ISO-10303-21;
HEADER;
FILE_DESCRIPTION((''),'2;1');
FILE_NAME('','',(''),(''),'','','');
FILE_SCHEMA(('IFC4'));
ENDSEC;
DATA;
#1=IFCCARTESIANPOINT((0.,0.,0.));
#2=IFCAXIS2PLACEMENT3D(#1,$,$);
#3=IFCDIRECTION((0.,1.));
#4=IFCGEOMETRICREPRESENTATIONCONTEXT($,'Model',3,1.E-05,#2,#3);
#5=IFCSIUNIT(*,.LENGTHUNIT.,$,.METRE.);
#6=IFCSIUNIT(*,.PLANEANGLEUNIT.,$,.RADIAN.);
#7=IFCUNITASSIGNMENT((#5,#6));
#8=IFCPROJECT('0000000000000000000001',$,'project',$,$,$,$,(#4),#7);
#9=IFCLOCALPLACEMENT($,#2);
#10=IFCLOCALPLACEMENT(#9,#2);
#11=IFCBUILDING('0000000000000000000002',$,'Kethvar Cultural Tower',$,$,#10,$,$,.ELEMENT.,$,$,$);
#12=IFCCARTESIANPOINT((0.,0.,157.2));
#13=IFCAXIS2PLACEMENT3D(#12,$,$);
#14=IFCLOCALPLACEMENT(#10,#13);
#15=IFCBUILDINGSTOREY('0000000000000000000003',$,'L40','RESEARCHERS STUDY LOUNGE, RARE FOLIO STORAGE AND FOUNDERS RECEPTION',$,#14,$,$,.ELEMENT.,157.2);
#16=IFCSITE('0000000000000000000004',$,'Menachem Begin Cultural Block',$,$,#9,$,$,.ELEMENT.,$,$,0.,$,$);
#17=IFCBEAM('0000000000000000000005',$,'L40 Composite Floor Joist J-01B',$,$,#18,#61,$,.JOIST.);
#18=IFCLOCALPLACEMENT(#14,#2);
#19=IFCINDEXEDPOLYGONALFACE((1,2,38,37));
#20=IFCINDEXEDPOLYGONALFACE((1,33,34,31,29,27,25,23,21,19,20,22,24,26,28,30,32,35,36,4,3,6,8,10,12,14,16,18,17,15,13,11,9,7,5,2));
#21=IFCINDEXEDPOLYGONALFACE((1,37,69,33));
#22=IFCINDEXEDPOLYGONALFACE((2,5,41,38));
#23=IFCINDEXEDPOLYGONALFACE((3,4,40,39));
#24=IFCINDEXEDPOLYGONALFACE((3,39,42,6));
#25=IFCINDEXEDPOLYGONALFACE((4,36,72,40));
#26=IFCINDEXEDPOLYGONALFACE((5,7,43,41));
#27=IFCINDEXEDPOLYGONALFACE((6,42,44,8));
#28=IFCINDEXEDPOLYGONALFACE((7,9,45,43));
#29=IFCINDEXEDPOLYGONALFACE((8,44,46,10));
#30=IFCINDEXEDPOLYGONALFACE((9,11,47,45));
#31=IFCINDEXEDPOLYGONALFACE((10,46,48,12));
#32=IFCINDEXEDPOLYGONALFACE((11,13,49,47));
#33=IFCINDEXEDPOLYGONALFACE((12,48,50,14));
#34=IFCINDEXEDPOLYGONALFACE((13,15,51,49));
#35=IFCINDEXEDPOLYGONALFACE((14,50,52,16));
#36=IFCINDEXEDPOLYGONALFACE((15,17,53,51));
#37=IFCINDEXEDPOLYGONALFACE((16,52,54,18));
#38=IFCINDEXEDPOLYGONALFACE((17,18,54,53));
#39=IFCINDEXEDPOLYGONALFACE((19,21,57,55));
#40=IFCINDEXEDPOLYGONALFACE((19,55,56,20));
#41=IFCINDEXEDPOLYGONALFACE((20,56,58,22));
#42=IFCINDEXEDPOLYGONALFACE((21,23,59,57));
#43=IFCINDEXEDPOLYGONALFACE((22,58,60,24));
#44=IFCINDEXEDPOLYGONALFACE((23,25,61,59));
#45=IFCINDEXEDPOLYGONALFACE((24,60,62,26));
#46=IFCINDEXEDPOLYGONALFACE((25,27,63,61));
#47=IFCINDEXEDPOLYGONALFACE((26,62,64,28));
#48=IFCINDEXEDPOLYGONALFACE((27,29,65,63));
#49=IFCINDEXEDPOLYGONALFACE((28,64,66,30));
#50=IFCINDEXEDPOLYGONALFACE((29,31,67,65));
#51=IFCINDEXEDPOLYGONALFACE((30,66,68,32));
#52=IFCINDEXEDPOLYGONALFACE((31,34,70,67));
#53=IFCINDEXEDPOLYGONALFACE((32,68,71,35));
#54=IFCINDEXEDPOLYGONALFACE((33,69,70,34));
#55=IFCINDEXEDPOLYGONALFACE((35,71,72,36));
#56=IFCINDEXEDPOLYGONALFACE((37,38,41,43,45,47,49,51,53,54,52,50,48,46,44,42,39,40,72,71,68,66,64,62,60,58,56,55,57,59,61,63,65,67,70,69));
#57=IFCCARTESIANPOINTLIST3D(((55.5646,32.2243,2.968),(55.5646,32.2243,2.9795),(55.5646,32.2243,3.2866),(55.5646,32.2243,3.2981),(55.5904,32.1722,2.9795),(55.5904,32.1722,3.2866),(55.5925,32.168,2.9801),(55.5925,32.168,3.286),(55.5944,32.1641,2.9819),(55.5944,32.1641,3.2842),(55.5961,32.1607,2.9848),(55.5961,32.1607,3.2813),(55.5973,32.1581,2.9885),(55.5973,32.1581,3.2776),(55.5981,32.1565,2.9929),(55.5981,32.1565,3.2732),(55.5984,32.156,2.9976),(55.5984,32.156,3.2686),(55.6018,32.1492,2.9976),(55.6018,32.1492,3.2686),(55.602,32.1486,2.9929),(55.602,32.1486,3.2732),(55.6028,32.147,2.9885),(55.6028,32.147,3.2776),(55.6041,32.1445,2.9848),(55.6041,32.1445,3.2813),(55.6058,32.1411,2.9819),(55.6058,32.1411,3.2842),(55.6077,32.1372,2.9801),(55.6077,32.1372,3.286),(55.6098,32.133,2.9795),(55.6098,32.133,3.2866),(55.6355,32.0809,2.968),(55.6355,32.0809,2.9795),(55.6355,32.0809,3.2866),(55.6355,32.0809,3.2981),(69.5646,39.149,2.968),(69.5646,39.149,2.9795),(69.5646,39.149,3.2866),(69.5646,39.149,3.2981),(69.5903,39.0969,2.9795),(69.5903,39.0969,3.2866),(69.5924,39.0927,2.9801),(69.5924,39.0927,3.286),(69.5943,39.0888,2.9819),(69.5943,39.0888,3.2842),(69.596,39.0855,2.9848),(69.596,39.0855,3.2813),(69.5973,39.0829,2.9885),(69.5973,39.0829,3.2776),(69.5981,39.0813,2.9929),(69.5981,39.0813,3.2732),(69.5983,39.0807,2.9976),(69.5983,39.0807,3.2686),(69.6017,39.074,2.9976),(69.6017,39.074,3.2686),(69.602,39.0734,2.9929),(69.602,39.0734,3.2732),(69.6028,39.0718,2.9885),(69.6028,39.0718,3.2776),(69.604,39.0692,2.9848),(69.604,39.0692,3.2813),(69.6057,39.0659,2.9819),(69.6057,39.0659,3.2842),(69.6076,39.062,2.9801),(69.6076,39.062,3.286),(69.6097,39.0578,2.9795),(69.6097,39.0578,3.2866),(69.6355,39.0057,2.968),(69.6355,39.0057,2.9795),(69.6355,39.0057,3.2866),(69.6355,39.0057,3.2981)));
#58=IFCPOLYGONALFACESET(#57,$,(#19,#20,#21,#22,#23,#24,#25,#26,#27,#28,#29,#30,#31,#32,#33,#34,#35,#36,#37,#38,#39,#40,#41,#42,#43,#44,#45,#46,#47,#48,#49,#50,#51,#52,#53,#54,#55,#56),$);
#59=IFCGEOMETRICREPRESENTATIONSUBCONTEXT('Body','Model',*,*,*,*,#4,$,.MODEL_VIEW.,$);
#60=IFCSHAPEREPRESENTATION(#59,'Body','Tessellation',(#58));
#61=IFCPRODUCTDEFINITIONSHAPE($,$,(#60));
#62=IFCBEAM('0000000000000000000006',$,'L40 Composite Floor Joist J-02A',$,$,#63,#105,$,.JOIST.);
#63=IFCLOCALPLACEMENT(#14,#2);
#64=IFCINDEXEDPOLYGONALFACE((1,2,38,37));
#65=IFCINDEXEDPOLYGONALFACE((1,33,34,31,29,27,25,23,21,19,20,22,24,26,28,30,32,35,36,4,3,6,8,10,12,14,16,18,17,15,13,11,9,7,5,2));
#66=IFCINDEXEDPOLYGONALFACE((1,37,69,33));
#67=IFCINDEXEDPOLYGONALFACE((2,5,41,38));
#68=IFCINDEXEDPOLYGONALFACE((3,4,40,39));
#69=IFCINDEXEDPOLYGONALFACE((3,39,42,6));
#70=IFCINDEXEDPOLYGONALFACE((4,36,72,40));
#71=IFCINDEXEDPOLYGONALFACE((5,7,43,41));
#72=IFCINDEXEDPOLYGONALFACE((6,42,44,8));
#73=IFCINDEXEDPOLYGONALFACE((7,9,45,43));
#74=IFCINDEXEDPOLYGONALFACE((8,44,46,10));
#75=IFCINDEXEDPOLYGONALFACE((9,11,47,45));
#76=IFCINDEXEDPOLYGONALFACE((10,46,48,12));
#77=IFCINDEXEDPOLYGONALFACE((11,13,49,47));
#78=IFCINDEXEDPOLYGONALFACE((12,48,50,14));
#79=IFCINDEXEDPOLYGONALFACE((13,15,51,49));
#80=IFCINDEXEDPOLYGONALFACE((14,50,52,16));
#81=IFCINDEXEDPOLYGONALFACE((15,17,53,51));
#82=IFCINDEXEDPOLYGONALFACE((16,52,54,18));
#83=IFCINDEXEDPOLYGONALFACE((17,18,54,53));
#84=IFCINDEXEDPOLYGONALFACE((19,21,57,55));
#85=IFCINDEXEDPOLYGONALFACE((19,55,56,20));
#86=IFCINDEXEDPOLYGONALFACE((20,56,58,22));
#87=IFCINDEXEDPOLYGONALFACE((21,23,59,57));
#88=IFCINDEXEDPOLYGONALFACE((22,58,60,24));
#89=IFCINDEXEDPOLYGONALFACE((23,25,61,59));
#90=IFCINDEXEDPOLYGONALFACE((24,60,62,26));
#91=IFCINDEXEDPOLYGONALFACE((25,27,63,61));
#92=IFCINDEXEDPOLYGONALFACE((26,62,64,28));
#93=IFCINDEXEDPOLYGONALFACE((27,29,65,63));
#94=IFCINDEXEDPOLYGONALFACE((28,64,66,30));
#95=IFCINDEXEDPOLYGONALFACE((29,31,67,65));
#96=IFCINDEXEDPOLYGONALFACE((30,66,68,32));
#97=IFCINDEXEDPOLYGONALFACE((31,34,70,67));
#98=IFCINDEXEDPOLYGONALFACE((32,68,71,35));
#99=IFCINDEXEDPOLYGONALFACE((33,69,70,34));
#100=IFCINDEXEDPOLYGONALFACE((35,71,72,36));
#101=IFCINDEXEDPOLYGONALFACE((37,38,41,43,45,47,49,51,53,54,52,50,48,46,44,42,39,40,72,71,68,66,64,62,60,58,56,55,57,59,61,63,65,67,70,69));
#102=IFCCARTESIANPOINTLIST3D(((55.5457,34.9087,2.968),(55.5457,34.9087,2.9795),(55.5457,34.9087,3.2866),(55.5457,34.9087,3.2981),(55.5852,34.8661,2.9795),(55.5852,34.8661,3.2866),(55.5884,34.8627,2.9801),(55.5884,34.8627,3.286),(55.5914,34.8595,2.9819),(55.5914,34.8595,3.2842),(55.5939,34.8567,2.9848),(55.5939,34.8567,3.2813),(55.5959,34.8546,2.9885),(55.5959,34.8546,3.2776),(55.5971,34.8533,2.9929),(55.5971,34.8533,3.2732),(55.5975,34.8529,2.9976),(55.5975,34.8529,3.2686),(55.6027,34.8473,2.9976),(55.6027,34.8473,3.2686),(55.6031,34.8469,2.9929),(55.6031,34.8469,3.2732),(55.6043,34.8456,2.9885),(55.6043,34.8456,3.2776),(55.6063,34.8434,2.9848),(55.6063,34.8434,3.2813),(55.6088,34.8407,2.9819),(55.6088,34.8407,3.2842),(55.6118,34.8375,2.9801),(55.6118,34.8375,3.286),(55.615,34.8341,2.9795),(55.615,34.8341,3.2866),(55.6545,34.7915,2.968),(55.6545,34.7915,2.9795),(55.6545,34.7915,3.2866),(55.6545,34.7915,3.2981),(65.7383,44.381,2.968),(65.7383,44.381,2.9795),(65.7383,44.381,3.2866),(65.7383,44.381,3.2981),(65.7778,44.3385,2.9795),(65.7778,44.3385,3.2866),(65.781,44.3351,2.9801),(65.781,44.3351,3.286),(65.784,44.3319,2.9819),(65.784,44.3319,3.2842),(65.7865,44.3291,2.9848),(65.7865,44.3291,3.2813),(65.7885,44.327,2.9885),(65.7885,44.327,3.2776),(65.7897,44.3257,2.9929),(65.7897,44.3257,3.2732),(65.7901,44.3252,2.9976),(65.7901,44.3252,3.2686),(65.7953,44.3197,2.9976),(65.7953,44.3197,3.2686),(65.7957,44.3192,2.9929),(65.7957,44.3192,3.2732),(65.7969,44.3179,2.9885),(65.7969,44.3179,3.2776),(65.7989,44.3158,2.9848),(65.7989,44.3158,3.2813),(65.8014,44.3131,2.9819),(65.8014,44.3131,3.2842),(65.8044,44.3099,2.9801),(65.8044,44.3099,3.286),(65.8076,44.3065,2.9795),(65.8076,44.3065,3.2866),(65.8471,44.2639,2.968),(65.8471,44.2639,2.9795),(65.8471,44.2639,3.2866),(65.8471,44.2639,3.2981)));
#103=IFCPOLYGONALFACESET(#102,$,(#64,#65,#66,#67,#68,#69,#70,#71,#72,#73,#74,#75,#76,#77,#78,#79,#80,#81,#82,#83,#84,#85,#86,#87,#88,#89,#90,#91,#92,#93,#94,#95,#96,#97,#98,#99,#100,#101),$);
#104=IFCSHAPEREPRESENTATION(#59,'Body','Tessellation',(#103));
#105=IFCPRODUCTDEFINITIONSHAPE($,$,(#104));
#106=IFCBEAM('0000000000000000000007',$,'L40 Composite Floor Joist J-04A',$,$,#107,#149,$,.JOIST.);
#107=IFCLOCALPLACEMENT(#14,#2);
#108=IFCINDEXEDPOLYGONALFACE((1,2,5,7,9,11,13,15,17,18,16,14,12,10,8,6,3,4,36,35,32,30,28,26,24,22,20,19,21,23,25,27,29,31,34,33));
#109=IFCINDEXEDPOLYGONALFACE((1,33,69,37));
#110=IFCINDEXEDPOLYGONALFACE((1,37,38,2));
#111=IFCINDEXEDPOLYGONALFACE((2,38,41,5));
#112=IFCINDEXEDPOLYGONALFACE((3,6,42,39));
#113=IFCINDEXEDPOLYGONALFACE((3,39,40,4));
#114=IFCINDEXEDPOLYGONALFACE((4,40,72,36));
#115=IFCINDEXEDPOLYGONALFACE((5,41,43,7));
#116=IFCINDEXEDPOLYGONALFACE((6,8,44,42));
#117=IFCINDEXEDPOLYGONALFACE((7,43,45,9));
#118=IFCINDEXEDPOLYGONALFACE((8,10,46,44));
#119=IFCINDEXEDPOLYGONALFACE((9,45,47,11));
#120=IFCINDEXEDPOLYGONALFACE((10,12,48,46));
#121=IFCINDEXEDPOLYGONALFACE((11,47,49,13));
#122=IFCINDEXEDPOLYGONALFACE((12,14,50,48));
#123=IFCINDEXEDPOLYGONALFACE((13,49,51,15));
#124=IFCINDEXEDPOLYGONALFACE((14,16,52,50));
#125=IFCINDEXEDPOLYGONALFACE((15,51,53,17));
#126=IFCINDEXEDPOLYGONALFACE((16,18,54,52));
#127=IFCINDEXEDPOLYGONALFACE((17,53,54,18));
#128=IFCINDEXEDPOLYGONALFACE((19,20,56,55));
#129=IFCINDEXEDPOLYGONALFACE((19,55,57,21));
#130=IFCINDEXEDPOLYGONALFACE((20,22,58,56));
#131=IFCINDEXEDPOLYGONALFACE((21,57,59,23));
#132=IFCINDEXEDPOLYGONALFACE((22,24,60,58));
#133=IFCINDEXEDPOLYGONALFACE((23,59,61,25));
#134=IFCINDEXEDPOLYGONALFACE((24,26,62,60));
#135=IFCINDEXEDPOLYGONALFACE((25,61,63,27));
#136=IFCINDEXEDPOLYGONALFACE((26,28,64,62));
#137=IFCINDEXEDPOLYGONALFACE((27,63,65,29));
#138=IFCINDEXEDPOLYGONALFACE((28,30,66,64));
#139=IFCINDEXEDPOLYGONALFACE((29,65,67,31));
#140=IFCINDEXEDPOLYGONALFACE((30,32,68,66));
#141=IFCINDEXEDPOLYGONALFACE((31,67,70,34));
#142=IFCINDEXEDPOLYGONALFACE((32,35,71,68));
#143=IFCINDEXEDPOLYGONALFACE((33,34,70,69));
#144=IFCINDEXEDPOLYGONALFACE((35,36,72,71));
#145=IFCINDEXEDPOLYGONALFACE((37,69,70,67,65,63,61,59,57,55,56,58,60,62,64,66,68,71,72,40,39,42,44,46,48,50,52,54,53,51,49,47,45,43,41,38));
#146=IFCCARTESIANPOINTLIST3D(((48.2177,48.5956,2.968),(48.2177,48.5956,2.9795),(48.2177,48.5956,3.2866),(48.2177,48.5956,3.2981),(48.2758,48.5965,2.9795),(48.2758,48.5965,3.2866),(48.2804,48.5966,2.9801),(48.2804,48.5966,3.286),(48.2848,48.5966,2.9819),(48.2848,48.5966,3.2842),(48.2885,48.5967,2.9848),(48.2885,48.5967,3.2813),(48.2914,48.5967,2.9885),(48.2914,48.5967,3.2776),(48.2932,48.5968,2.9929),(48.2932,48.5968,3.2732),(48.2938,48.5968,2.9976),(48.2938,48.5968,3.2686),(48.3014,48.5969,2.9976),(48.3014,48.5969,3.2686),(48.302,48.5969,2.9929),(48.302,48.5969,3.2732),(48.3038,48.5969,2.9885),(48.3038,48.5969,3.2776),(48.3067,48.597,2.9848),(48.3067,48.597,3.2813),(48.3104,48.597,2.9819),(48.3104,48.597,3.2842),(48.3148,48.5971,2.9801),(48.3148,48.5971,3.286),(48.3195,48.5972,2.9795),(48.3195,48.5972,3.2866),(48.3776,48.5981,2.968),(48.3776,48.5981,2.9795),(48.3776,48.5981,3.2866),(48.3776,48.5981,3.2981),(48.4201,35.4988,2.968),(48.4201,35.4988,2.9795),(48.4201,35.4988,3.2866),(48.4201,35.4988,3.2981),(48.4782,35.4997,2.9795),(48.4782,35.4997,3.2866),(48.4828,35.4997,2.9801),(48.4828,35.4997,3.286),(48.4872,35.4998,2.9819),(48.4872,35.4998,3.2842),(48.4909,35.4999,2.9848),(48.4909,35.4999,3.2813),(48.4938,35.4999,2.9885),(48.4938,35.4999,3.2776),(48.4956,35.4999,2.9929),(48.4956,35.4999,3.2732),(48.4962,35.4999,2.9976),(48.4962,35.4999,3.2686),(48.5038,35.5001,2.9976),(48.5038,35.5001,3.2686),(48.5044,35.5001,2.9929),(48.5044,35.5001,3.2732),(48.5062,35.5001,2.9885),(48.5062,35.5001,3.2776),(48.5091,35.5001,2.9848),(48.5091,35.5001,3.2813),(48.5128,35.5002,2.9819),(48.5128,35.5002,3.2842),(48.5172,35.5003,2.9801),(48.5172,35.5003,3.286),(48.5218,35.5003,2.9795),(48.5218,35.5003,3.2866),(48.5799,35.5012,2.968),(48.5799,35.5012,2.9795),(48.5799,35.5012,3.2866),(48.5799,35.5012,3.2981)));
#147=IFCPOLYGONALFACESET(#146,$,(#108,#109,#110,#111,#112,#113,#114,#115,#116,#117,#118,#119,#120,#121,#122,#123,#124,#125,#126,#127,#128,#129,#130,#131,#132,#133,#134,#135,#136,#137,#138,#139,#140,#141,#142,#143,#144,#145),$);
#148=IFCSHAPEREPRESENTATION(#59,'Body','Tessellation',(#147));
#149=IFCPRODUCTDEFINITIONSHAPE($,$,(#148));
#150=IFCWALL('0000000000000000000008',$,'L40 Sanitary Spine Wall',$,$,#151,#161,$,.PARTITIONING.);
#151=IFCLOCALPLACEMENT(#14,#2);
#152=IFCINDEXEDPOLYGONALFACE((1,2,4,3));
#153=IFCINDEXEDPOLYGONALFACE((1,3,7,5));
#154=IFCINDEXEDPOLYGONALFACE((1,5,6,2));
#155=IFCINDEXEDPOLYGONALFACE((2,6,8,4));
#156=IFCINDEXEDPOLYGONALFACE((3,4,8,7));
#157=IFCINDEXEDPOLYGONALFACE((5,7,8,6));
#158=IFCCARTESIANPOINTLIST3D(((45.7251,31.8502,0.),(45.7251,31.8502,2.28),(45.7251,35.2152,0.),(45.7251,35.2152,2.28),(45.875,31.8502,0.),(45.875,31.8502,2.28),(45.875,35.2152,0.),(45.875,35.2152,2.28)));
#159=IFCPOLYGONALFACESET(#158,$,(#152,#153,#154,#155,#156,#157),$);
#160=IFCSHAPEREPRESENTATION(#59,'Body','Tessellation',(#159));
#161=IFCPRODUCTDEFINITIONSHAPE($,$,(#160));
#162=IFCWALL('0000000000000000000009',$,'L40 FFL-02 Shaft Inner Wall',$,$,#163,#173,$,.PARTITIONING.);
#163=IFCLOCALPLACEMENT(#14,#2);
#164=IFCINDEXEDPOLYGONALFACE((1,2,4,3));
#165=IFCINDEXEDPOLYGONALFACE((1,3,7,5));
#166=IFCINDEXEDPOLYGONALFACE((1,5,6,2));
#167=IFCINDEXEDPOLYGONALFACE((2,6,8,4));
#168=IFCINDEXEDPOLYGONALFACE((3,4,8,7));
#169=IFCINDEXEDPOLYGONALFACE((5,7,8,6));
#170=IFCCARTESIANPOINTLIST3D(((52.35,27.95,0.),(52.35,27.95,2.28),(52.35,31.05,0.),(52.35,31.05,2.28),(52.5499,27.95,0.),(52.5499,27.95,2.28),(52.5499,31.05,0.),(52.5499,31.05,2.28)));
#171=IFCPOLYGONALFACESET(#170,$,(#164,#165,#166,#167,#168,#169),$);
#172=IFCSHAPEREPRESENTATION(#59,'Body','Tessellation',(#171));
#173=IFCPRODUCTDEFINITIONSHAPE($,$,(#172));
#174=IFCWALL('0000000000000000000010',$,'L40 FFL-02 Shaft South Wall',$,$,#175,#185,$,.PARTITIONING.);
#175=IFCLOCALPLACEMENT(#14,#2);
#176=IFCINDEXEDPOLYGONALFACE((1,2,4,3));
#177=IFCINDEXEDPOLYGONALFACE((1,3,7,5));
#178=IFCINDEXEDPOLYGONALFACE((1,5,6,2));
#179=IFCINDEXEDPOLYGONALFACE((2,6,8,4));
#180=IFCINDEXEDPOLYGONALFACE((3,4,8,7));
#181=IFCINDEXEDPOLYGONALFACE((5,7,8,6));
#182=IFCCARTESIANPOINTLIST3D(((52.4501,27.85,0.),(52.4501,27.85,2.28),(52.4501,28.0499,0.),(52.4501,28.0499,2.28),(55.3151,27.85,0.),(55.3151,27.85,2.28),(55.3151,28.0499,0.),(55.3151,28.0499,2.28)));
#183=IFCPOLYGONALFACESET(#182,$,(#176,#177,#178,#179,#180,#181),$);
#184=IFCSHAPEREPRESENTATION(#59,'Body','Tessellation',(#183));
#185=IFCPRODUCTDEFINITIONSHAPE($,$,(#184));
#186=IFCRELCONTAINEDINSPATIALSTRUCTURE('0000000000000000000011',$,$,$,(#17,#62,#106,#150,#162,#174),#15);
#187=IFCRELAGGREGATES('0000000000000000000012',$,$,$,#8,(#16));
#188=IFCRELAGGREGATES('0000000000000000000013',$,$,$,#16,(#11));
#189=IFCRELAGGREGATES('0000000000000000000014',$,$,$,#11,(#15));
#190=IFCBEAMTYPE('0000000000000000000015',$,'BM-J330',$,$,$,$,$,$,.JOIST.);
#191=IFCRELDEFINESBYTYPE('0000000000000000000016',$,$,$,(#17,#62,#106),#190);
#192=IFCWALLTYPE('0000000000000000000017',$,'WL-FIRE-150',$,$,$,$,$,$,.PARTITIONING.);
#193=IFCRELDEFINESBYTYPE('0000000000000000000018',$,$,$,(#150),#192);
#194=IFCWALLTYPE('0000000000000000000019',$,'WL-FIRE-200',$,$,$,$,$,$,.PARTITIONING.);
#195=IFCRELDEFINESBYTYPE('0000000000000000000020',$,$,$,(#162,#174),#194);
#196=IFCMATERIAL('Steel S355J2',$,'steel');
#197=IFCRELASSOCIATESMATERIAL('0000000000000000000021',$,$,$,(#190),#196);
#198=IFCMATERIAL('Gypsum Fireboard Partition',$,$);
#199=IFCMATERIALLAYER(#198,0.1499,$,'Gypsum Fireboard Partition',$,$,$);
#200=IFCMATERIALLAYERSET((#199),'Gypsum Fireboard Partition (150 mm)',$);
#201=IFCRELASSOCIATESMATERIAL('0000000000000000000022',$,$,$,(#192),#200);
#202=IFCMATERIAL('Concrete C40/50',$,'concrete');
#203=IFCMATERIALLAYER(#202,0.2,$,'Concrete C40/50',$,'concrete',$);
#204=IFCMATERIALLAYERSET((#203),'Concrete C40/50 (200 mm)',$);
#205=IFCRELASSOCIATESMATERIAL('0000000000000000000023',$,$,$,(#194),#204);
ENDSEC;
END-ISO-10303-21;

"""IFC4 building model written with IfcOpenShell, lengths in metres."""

from ifc_helpers import new_model, si_unit, direction, frame, frame_2d, origin, origin_2d, place, context, subcontext, project, spatial, rectangle, i_section, extrude, source, transform, mapped, material, layer, layer_set, material_profile, profile_set, type_object, element, save


model = new_model("IFC4")

# Units and contexts
model_context = context("Model", 3, precision=1e-05, world=origin(), true_north=direction((0.0, 1.0)))
body_context = subcontext(model_context, "Body", "Model", "MODEL_VIEW")
ifc_project = project(units=[si_unit("LENGTHUNIT", "METRE"), si_unit("PLANEANGLEUNIT", "RADIAN")], contexts=[model_context])

# Site, building, storey
site_placement = place(None, origin())
site = spatial("IfcSite", under=ifc_project, at=site_placement, Name="Menachem Begin Cultural Block", CompositionType="ELEMENT", RefElevation=0.0)
building_placement = place(site_placement, origin())
building = spatial("IfcBuilding", under=site, at=building_placement, Name="Kethvar Cultural Tower", CompositionType="ELEMENT")
storey_placement = place(building_placement, frame((0.0, 0.0, 157.2)))
storey = spatial("IfcBuildingStorey", under=building, at=storey_placement, Name="L40", Description="RESEARCHERS STUDY LOUNGE, RARE FOLIO STORAGE AND FOUNDERS RECEPTION", CompositionType="ELEMENT", Elevation=157.2)

# Beams
ifc_material_1 = material(Name="Steel S355J2", Category="steel")
ifc_material_profile_1 = material_profile(ifc_material_1, i_section(OverallWidth=0.1599, OverallDepth=0.3301, WebThickness=0.0076, FlangeThickness=0.0115, FilletRadius=0.0181, at=origin_2d()), Name="Steel S355J2 — IPE330")
ifc_profile_set_1 = profile_set([ifc_material_profile_1], Name="Steel S355J2 — IPE330")
beam_type_1 = type_object("IfcBeamType", Name="BM-J330", PredefinedType="JOIST", material=ifc_profile_set_1)
shared_shape_1 = source(origin(), body_context, "Body", "SweptSolid", [
    extrude(i_section(OverallWidth=0.1599, OverallDepth=0.3301, WebThickness=0.0076, FlangeThickness=0.0115, FilletRadius=0.0181, at=origin_2d()), origin(), (0.0, 0.0, 1.0), 15.6189),
])
beam_1_placement = place(storey_placement, frame((55.6001, 32.1526, 3.1331), z_axis=(0.896345, 0.443358, 0.0), x_axis=(-0.443358, 0.896345, 0.0)))
element("IfcBeam", 1, at=beam_1_placement, inside=storey, type_object=beam_type_1, Name="L40 Composite Floor Joist J-01B", PredefinedType="JOIST", context=body_context, shape_type="MappedRepresentation", body=[
    mapped(shared_shape_1, transform((0.0, 0.0, 0.0), scale=1.0)),
])
shared_shape_2 = source(origin(), body_context, "Body", "SweptSolid", [
    extrude(i_section(OverallWidth=0.1599, OverallDepth=0.3301, WebThickness=0.0076, FlangeThickness=0.0115, FilletRadius=0.0181, at=origin_2d()), origin(), (0.0, 0.0, 1.0), 13.9146),
])
beam_2_placement = place(storey_placement, frame((55.6001, 34.8501, 3.1331), z_axis=(0.732513, 0.680753, 0.0), x_axis=(-0.680753, 0.732513, 0.0)))
element("IfcBeam", 2, at=beam_2_placement, inside=storey, type_object=beam_type_1, Name="L40 Composite Floor Joist J-02A", PredefinedType="JOIST", context=body_context, shape_type="MappedRepresentation", body=[
    mapped(shared_shape_2, transform((0.0, 0.0, 0.0), scale=1.0)),
])
shared_shape_3 = source(origin(), body_context, "Body", "SweptSolid", [
    extrude(i_section(OverallWidth=0.1599, OverallDepth=0.3301, WebThickness=0.0076, FlangeThickness=0.0115, FilletRadius=0.0181, at=origin_2d()), origin(), (0.0, 0.0, 1.0), 13.0984),
])
beam_3_placement = place(storey_placement, frame((48.5, 35.5, 3.1331), z_axis=(-0.015452, 0.999881, 0.0), x_axis=(-0.999881, -0.015452, 0.0)))
element("IfcBeam", 3, at=beam_3_placement, inside=storey, type_object=beam_type_1, Name="L40 Composite Floor Joist J-04A", PredefinedType="JOIST", context=body_context, shape_type="MappedRepresentation", body=[
    mapped(shared_shape_3, transform((0.0, 0.0, 0.0), scale=1.0)),
])

# Walls
ifc_material_2 = material(Name="Gypsum Fireboard Partition")
ifc_layer_1 = layer(ifc_material_2, 0.1499, Name="Gypsum Fireboard Partition")
ifc_layer_set_1 = layer_set([ifc_layer_1], Name="Gypsum Fireboard Partition (150 mm)")
wall_type_1 = type_object("IfcWallType", Name="WL-FIRE-150", PredefinedType="PARTITIONING", material=ifc_layer_set_1)
wall_1_placement = place(storey_placement, frame((45.8, 31.8501, 0.0), z_axis=(0.0, 0.0, 1.0), x_axis=(0.0, 1.0, 0.0)))
element("IfcWall", 4, at=wall_1_placement, inside=storey, type_object=wall_type_1, Name="L40 Sanitary Spine Wall", PredefinedType="PARTITIONING", context=body_context, shape_type="SweptSolid", body=[
    extrude(rectangle(XDim=3.365, YDim=0.1499, at=frame_2d((1.6826, 0.0))), origin(), (0.0, 0.0, 1.0), 2.28),
])
ifc_material_3 = material(Name="Concrete C40/50", Category="concrete")
ifc_layer_2 = layer(ifc_material_3, 0.2, Name="Concrete C40/50", Category="concrete")
ifc_layer_set_2 = layer_set([ifc_layer_2], Name="Concrete C40/50 (200 mm)")
wall_type_2 = type_object("IfcWallType", Name="WL-FIRE-200", PredefinedType="PARTITIONING", material=ifc_layer_set_2)
wall_2_placement = place(storey_placement, frame((52.45, 27.95, 0.0), z_axis=(0.0, 0.0, 1.0), x_axis=(0.0, 1.0, 0.0)))
element("IfcWall", 5, at=wall_2_placement, inside=storey, type_object=wall_type_2, Name="L40 FFL-02 Shaft Inner Wall", PredefinedType="PARTITIONING", context=body_context, shape_type="SweptSolid", body=[
    extrude(rectangle(XDim=3.1001, YDim=0.2, at=frame_2d((1.55, 0.0))), origin(), (0.0, 0.0, 1.0), 2.28),
])
for number, where, z_axis, x_axis, name in (
    (6, (52.45, 27.95, 0.0), (0.0, 0.0, 1.0), (1.0, 0.0, 0.0), "L40 FFL-02 Shaft South Wall"),
):
    element("IfcWall", number, at=place(storey_placement, frame(where, z_axis=z_axis, x_axis=x_axis)), inside=storey, type_object=wall_type_2, Name=name, PredefinedType="PARTITIONING", context=body_context, shape_type="SweptSolid", body=[
        extrude(rectangle(XDim=2.865, YDim=0.2, at=frame_2d((1.4326, 0.0))), origin(), (0.0, 0.0, 1.0), 2.28),
    ])

save(model, "model.ifc")
